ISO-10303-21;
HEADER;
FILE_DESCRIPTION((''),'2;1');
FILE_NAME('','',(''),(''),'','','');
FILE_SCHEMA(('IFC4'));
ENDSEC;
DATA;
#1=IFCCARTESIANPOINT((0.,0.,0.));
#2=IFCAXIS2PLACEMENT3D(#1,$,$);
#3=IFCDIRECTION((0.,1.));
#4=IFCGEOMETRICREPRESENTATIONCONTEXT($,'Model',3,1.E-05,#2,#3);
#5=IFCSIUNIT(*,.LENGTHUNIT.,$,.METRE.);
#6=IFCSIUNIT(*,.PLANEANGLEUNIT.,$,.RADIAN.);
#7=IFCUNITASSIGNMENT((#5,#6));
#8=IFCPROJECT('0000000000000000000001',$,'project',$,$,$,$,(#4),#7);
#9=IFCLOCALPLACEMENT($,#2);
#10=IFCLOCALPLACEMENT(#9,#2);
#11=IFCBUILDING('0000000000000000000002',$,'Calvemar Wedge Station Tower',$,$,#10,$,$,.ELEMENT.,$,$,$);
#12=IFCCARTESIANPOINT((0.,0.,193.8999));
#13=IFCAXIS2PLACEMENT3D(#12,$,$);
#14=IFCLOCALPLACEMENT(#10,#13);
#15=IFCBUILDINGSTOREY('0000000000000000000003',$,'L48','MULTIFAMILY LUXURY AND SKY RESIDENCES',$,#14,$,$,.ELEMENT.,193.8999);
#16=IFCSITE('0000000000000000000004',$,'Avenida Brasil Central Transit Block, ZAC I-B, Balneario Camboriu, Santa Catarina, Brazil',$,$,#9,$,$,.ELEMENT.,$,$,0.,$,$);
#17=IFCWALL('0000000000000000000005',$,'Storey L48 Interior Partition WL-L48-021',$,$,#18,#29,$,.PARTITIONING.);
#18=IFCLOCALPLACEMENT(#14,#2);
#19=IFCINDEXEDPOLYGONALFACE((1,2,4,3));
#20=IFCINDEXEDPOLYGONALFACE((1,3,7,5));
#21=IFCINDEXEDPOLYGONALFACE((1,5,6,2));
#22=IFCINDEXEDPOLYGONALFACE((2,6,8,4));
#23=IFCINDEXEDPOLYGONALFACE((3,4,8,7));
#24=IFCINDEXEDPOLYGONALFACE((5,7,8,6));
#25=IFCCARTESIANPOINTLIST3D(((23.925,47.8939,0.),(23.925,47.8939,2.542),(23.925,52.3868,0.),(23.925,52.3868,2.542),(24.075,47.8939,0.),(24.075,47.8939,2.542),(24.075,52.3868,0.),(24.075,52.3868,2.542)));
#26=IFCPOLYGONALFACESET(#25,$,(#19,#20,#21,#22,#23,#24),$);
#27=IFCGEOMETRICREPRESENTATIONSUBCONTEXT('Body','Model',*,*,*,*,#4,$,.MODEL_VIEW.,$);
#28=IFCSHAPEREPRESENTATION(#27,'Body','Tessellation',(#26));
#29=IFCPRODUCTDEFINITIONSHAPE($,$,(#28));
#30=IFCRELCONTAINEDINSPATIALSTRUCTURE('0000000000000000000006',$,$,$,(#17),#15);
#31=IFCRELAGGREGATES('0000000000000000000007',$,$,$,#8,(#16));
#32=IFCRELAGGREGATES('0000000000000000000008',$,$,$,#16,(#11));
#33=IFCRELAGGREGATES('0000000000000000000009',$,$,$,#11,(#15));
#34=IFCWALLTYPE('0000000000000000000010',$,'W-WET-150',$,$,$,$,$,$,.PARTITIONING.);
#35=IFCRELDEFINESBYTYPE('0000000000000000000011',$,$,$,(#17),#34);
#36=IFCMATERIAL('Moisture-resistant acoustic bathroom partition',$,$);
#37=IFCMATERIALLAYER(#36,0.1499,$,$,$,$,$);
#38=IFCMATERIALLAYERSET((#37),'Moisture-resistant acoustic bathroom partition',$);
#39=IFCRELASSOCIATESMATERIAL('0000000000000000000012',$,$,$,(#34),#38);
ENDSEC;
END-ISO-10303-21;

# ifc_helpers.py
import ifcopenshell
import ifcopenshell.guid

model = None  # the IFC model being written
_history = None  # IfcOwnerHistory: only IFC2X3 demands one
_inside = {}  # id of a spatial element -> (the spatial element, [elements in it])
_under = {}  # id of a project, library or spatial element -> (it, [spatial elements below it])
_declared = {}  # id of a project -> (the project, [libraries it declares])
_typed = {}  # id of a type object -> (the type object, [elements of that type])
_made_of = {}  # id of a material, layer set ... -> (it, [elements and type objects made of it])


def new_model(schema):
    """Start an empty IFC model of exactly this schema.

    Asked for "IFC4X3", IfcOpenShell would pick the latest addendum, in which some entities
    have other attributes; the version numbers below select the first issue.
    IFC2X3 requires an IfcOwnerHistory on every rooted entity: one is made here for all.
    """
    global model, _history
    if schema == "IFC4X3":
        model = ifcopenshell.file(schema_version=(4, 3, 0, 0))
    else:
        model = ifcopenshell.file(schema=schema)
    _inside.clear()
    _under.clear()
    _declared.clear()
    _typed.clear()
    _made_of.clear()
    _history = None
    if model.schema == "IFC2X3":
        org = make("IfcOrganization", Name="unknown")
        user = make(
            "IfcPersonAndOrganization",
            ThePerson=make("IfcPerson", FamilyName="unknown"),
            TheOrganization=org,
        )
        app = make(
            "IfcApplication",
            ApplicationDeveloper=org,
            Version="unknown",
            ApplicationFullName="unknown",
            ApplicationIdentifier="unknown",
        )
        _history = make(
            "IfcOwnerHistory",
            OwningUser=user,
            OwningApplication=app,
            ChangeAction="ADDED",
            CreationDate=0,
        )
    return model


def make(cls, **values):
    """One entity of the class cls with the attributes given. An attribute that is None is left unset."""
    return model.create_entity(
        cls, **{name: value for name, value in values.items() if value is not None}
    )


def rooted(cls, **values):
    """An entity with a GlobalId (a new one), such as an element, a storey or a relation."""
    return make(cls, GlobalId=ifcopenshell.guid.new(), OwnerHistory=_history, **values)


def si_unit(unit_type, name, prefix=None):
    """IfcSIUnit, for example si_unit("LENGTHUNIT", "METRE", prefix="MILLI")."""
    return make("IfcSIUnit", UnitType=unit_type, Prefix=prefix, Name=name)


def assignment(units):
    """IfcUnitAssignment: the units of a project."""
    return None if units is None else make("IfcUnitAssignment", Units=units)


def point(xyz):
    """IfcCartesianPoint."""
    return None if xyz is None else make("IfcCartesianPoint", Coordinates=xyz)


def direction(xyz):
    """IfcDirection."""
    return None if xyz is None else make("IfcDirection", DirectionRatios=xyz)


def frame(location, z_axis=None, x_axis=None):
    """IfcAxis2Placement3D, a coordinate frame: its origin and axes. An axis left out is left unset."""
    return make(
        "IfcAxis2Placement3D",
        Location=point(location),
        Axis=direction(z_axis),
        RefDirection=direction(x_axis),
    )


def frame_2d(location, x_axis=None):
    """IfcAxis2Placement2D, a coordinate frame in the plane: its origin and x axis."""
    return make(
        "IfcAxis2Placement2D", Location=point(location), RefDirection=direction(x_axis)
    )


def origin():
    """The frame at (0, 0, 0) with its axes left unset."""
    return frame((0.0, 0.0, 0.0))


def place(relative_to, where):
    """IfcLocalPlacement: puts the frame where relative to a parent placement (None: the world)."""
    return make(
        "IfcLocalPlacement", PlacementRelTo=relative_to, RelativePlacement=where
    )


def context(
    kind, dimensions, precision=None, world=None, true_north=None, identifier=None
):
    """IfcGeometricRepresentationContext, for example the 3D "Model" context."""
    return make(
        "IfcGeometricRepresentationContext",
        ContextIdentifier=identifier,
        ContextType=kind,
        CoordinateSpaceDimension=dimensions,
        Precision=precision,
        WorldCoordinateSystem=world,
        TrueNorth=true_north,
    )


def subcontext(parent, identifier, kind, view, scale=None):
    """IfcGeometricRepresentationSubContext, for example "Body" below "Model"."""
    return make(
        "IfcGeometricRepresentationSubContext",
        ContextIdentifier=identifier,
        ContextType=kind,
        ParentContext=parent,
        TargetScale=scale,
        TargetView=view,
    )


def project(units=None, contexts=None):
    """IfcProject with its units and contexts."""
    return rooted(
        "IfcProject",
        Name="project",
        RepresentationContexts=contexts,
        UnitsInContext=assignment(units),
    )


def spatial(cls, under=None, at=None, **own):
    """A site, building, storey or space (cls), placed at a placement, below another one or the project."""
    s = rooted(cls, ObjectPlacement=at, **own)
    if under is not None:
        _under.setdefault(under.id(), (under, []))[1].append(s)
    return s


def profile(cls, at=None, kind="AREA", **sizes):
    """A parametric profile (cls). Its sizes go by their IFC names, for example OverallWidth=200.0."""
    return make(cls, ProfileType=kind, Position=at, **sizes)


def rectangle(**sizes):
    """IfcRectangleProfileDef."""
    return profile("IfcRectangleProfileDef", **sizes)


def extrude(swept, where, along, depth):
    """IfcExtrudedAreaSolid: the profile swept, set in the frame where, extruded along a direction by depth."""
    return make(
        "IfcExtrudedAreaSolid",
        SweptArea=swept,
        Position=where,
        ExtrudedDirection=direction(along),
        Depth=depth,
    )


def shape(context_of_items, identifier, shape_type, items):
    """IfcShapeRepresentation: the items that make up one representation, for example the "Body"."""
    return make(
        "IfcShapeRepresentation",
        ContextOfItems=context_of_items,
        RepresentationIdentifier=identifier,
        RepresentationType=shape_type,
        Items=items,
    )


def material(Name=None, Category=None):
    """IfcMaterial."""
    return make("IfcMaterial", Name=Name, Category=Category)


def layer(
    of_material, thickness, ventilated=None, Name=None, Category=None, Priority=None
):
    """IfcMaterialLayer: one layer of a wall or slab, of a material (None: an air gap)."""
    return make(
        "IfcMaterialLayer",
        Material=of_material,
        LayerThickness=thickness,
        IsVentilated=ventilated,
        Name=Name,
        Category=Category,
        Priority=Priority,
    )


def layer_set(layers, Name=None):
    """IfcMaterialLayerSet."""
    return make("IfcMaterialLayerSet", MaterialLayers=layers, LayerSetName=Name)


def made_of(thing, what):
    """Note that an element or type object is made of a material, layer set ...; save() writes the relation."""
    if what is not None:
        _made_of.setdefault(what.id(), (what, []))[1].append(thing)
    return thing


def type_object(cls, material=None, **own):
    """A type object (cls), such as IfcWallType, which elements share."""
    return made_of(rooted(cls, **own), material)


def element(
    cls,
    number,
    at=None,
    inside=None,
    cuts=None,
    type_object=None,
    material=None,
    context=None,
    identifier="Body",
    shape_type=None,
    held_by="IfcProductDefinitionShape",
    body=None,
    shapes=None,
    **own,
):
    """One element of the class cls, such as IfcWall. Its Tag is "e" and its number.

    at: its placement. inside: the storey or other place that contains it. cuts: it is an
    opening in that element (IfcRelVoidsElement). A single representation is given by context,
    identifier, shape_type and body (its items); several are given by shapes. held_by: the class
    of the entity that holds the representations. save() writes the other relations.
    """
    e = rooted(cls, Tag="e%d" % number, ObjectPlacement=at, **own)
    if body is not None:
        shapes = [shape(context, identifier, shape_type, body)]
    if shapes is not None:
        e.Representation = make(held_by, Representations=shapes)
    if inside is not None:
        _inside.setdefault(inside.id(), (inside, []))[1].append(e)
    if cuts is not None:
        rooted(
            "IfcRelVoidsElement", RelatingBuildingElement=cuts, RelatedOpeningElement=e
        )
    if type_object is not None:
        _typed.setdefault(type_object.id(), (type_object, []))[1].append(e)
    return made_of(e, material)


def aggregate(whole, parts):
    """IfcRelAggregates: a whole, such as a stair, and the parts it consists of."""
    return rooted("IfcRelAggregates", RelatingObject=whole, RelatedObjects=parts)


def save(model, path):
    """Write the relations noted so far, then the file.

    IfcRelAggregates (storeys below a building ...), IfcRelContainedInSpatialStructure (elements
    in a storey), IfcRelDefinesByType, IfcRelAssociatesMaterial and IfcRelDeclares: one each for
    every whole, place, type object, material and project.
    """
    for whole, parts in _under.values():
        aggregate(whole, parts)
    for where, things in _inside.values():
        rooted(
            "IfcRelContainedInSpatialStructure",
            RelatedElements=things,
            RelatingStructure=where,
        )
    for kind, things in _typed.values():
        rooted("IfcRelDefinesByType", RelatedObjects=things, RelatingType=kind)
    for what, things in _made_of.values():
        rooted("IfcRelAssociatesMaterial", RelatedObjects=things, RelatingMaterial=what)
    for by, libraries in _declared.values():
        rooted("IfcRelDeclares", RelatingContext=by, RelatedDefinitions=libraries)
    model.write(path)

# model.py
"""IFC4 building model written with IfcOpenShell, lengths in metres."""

from ifc_helpers import new_model, si_unit, direction, frame, frame_2d, origin, place, context, subcontext, project, spatial, rectangle, extrude, material, layer, layer_set, type_object, element, save


model = new_model("IFC4")

# Units and contexts
model_context = context("Model", 3, precision=1e-05, world=origin(), true_north=direction((0.0, 1.0)))
body_context = subcontext(model_context, "Body", "Model", "MODEL_VIEW")
ifc_project = project(units=[si_unit("LENGTHUNIT", "METRE"), si_unit("PLANEANGLEUNIT", "RADIAN")], contexts=[model_context])

# Site, building, storey
site_placement = place(None, origin())
site = spatial("IfcSite", under=ifc_project, at=site_placement, Name="Avenida Brasil Central Transit Block, ZAC I-B, Balneario Camboriu, Santa Catarina, Brazil", CompositionType="ELEMENT", RefElevation=0.0)
building_placement = place(site_placement, origin())
building = spatial("IfcBuilding", under=site, at=building_placement, Name="Calvemar Wedge Station Tower", CompositionType="ELEMENT")
storey_placement = place(building_placement, frame((0.0, 0.0, 193.8999)))
storey = spatial("IfcBuildingStorey", under=building, at=storey_placement, Name="L48", Description="MULTIFAMILY LUXURY AND SKY RESIDENCES", CompositionType="ELEMENT", Elevation=193.8999)

# Wall
ifc_material_1 = material(Name="Moisture-resistant acoustic bathroom partition")
ifc_layer_1 = layer(ifc_material_1, 0.1499)
ifc_layer_set_1 = layer_set([ifc_layer_1], Name="Moisture-resistant acoustic bathroom partition")
wall_type_1 = type_object("IfcWallType", Name="W-WET-150", PredefinedType="PARTITIONING", material=ifc_layer_set_1)
wall_1_placement = place(storey_placement, frame((24.0, 52.387, 0.0), z_axis=(0.0, 0.0, 1.0), x_axis=(0.0, -1.0, 0.0)))
element("IfcWall", 1, at=wall_1_placement, inside=storey, type_object=wall_type_1, Name="Storey L48 Interior Partition WL-L48-021", PredefinedType="PARTITIONING", context=body_context, shape_type="SweptSolid", body=[
    extrude(rectangle(XDim=4.4929, YDim=0.1499, at=frame_2d((2.2466, 0.0))), origin(), (0.0, 0.0, 1.0), 2.542),
])

save(model, "model.ifc")
